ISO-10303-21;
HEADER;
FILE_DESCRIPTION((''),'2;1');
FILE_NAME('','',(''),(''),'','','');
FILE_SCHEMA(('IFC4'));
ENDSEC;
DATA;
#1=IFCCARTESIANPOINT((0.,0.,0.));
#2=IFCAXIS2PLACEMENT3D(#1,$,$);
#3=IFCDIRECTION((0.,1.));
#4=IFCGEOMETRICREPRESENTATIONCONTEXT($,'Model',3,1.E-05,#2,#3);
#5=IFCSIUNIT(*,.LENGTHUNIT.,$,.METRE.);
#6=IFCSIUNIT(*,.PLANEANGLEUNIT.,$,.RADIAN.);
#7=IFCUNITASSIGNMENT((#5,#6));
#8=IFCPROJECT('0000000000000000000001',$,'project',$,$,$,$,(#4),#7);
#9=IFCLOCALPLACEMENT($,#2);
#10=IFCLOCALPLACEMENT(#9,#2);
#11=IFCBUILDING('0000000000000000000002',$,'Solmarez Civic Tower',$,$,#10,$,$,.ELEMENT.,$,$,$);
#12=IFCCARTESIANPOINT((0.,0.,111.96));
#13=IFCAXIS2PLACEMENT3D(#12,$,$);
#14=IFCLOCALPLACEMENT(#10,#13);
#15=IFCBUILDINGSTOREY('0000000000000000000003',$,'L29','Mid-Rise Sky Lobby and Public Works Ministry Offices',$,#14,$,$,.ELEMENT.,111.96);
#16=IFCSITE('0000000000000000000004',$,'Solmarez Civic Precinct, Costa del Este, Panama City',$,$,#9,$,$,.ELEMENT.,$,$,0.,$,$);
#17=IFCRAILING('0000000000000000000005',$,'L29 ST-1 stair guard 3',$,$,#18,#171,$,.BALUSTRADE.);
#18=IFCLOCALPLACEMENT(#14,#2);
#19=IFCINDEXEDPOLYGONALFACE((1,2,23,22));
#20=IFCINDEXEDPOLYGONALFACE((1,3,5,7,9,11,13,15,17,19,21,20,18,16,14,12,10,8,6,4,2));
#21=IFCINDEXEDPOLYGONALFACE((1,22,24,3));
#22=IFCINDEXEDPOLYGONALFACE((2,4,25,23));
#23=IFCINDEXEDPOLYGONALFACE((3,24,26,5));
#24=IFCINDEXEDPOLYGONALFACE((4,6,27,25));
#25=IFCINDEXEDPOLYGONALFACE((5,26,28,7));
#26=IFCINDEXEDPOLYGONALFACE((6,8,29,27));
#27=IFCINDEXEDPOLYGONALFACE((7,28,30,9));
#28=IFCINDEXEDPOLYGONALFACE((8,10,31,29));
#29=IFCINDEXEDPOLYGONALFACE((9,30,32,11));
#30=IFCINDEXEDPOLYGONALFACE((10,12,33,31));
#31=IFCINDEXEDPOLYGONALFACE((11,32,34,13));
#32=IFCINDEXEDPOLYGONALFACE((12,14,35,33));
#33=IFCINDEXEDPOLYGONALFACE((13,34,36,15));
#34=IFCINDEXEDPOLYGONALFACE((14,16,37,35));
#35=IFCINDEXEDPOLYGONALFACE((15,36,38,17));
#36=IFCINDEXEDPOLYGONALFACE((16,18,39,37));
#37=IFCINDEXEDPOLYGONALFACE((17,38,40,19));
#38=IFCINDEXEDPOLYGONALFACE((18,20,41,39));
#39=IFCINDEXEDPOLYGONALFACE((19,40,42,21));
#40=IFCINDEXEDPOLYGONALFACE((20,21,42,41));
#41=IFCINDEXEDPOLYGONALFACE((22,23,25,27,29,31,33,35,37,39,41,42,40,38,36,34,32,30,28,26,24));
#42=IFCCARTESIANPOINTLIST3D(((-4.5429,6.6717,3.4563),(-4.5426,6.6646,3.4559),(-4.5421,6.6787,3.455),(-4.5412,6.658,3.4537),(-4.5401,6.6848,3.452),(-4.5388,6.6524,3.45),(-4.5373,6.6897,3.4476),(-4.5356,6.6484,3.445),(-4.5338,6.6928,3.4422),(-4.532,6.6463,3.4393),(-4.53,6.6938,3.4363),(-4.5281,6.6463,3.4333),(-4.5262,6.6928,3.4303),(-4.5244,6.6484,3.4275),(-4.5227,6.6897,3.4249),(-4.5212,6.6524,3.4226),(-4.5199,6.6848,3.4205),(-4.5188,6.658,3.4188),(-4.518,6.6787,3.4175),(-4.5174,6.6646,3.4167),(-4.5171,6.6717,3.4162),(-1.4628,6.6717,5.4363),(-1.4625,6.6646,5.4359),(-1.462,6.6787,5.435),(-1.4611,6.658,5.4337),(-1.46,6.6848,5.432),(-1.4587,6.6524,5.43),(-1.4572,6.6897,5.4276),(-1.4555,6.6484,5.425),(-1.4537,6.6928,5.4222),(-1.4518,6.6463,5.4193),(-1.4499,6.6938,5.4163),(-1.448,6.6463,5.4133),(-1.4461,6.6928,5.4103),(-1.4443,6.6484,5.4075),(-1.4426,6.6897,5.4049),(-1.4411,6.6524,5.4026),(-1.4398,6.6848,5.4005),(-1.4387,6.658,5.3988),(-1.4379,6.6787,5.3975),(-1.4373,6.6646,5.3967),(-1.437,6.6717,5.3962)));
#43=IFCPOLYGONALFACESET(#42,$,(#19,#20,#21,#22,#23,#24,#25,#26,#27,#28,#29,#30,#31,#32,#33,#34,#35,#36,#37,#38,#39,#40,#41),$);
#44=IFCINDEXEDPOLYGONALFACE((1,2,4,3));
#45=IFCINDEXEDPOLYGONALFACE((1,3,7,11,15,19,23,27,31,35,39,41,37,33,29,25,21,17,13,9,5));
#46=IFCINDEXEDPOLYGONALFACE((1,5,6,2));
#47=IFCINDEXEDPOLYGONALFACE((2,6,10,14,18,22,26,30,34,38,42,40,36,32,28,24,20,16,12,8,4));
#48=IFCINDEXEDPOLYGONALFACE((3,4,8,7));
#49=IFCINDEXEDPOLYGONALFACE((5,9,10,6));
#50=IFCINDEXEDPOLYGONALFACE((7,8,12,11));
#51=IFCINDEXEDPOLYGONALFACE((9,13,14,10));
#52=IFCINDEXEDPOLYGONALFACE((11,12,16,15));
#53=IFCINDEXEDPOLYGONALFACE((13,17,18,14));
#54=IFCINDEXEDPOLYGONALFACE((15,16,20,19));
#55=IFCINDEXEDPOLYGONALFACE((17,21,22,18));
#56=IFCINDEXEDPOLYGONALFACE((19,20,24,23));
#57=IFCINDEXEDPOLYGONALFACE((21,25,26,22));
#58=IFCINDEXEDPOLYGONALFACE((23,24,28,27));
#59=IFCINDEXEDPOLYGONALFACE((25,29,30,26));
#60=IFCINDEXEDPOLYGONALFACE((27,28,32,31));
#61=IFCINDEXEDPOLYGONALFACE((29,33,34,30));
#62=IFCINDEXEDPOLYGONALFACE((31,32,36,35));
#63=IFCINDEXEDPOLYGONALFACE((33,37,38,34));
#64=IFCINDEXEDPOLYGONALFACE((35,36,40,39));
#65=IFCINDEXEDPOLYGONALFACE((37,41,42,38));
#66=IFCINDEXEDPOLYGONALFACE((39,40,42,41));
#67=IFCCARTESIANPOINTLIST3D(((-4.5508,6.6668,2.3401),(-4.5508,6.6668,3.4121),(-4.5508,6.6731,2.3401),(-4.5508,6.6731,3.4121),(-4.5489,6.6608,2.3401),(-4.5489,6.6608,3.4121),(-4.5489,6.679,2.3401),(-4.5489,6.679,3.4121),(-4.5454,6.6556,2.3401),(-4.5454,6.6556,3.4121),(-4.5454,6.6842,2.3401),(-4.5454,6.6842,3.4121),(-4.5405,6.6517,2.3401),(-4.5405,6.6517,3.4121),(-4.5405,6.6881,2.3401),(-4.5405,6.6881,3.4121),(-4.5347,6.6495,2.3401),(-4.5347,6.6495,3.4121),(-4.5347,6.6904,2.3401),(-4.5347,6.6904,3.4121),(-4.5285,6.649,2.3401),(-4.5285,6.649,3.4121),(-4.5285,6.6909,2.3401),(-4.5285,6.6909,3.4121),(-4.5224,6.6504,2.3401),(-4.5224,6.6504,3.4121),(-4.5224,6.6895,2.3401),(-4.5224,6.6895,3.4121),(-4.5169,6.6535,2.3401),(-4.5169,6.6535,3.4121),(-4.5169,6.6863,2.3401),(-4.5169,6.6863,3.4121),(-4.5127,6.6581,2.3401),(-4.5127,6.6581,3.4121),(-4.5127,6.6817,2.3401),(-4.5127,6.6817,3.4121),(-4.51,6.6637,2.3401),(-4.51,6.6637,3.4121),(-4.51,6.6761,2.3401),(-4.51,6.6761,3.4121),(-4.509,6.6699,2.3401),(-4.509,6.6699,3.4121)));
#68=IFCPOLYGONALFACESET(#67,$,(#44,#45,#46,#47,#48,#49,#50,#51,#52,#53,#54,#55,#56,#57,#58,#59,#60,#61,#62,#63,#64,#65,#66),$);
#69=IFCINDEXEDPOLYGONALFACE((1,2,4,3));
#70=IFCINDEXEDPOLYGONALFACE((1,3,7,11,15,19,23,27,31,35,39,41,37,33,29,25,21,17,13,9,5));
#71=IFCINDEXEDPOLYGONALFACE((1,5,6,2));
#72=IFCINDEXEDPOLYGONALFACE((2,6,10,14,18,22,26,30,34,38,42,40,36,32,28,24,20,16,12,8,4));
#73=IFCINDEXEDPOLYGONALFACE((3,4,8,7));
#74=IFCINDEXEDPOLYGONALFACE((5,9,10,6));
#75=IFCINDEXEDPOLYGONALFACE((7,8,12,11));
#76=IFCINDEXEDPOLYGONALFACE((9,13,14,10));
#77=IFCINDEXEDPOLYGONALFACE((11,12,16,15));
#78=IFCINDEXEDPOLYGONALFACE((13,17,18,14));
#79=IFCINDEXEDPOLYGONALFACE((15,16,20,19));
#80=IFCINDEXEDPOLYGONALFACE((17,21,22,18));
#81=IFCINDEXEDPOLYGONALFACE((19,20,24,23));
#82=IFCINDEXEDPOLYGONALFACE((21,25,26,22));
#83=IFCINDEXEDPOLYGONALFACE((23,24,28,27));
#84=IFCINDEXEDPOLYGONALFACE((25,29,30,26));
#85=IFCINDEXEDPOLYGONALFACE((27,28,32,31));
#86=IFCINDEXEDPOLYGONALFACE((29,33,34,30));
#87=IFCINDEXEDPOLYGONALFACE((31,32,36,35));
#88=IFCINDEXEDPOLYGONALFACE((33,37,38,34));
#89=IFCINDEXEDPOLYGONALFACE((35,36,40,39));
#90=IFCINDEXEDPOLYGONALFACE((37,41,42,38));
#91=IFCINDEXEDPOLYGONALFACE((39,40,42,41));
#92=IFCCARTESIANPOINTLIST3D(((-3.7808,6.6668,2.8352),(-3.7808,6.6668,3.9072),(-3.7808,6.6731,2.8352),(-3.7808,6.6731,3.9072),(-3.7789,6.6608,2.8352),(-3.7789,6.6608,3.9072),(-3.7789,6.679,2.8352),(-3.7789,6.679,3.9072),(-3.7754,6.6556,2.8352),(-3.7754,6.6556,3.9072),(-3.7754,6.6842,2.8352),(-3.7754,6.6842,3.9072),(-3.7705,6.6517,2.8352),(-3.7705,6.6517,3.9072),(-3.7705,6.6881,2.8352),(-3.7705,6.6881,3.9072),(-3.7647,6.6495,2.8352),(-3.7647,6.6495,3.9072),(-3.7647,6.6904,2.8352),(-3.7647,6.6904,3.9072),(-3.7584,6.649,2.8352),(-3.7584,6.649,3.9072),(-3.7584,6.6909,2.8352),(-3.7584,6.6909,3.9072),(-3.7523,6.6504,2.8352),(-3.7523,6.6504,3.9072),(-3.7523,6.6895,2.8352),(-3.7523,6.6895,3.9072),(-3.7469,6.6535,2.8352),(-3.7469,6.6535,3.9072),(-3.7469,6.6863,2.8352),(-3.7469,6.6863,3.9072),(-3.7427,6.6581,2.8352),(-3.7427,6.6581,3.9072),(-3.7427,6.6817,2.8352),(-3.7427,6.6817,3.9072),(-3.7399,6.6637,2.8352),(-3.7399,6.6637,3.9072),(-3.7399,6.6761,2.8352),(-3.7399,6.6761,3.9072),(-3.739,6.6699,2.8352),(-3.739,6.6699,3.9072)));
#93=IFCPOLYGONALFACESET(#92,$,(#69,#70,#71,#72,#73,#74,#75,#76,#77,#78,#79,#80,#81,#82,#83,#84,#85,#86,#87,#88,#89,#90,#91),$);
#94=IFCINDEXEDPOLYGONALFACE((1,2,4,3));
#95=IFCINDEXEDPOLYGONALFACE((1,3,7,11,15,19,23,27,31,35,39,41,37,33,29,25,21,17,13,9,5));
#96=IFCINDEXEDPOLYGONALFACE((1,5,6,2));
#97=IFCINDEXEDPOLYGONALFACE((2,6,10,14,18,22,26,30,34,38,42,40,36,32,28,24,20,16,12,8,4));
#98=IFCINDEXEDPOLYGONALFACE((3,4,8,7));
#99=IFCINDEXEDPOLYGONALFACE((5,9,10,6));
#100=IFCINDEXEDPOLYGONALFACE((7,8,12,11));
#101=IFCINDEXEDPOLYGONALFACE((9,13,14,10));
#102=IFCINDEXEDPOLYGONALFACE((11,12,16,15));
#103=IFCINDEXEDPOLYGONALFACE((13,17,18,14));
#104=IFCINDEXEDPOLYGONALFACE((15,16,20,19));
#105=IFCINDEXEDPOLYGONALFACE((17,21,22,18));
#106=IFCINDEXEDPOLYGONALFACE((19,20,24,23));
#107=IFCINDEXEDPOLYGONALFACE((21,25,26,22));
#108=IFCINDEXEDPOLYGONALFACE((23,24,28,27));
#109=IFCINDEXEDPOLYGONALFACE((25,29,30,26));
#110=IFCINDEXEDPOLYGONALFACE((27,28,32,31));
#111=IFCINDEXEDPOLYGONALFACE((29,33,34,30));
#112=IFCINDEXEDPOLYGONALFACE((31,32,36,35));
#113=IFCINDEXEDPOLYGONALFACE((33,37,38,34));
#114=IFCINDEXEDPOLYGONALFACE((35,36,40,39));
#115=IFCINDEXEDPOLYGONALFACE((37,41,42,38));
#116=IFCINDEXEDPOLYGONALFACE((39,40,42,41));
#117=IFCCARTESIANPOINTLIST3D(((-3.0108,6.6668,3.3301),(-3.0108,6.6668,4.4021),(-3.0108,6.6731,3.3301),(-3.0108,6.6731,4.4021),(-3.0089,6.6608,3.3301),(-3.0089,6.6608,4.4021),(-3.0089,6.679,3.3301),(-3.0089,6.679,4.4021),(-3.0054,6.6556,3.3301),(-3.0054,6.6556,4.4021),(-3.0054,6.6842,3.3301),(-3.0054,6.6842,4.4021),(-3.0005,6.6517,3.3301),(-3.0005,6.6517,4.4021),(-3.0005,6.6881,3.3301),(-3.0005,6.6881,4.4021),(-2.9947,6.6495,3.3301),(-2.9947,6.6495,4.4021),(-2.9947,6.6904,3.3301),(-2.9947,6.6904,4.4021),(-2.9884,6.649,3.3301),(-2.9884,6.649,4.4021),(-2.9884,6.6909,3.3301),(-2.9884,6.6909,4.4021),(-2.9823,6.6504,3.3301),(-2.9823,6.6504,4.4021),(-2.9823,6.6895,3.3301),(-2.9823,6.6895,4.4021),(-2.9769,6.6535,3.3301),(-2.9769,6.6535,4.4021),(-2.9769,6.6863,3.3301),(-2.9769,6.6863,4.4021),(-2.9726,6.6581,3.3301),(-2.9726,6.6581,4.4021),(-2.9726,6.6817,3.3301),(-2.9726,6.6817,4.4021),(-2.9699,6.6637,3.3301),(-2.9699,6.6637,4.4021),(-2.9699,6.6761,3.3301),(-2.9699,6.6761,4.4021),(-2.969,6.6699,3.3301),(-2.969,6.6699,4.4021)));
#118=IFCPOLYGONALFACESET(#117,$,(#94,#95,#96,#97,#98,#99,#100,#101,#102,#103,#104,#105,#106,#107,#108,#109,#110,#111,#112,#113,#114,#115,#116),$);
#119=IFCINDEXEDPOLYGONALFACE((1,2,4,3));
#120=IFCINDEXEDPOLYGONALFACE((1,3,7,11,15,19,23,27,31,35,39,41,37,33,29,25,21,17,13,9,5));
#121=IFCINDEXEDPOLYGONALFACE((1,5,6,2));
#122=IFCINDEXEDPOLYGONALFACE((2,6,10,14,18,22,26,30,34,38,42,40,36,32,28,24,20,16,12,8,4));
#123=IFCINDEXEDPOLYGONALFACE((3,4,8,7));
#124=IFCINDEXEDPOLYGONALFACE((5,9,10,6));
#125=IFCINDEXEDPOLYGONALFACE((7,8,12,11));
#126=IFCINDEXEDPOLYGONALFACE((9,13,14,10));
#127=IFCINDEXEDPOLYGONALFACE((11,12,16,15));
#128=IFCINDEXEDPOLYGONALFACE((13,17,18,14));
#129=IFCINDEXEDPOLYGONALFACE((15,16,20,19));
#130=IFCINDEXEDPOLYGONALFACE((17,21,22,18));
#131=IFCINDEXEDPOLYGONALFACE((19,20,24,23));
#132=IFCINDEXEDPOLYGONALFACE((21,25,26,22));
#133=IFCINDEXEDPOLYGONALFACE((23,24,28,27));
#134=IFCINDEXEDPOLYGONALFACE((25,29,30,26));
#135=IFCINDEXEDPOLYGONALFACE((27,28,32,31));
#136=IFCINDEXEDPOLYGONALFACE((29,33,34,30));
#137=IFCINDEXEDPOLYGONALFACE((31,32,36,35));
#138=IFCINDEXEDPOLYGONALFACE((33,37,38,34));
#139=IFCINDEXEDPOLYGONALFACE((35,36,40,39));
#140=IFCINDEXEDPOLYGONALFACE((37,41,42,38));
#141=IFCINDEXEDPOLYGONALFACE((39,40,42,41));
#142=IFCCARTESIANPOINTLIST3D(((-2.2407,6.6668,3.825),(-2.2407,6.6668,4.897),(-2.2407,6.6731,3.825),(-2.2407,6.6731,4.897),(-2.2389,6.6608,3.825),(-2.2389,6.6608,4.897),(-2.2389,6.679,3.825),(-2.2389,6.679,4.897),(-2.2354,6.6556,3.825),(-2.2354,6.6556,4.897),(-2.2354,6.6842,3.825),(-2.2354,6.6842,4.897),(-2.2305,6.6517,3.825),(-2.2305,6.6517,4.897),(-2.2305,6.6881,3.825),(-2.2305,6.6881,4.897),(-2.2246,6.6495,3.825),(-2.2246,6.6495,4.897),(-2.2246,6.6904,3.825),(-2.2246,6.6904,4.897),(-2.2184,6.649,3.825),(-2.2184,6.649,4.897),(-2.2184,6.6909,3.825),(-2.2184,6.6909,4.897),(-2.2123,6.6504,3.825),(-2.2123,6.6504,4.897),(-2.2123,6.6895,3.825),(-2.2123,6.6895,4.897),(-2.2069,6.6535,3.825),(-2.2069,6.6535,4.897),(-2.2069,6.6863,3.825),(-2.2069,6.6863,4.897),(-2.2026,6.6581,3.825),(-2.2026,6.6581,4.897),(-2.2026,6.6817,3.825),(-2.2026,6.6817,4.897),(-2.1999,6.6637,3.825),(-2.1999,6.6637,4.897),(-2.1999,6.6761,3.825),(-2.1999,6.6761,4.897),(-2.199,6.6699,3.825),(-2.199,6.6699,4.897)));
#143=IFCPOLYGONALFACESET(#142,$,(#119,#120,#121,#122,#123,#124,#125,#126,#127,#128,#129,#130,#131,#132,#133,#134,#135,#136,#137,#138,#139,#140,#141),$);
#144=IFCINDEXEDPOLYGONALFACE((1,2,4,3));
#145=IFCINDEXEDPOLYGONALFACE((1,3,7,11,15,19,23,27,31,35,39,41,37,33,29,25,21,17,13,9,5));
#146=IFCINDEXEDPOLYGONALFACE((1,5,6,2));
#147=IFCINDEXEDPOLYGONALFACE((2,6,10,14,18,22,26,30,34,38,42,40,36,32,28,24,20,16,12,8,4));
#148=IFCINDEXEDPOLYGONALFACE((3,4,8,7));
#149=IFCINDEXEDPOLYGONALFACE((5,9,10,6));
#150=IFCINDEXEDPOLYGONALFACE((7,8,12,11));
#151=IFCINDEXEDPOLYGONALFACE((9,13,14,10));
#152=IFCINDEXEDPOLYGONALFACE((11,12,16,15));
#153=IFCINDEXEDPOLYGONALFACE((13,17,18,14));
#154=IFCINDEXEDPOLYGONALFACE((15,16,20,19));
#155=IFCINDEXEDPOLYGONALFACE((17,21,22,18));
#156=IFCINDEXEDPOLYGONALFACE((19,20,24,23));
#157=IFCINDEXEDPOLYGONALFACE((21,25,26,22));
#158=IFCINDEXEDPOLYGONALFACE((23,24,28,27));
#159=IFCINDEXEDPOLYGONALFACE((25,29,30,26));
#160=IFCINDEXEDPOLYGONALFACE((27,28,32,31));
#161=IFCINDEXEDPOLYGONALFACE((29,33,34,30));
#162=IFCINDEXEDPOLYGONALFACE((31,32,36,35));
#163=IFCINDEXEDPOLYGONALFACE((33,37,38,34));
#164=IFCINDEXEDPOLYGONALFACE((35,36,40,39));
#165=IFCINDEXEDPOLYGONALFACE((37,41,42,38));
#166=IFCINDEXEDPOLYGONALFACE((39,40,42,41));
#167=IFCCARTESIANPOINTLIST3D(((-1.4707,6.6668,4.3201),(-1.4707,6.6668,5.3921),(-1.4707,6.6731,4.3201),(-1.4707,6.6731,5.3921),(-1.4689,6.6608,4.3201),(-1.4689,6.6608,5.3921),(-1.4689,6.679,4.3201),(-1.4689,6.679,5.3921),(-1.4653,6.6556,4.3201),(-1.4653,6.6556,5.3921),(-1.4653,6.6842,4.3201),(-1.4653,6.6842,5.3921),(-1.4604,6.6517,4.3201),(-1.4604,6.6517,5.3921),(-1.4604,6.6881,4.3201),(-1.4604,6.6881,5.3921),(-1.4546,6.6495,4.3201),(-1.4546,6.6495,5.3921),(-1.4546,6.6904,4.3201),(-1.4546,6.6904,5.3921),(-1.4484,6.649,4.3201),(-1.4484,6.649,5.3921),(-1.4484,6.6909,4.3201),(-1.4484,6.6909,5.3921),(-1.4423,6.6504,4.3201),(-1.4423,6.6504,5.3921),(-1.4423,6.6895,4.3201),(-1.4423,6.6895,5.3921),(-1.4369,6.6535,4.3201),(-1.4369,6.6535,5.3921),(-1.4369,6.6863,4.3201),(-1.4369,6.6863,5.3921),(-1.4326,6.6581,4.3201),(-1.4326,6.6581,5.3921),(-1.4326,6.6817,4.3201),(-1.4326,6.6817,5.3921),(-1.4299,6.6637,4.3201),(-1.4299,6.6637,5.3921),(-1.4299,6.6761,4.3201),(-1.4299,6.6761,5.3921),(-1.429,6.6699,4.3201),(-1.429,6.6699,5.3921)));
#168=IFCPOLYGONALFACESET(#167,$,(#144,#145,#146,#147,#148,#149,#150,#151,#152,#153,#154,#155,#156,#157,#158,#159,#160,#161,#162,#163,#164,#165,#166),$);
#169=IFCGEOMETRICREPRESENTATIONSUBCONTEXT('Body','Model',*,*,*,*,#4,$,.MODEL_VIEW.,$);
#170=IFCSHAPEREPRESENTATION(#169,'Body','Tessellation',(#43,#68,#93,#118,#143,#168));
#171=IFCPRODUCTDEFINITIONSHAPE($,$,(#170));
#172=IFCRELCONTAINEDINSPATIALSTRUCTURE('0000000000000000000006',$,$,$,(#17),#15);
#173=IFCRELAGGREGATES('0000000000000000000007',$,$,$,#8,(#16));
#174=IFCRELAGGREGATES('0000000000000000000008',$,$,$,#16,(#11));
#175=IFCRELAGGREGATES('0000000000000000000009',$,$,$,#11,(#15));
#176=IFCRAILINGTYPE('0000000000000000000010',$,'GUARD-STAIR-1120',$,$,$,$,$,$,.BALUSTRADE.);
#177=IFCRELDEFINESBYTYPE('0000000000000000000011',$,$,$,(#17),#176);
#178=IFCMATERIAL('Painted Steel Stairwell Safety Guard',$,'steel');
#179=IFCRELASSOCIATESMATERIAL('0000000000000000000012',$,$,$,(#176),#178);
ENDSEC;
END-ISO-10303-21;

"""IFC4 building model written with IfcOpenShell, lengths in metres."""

from ifc_helpers import new_model, si_unit, direction, frame, origin, origin_2d, place, context, subcontext, project, spatial, circle, extrude, material, type_object, element, save


model = new_model("IFC4")

# Units and contexts
model_context = context("Model", 3, precision=1e-05, world=origin(), true_north=direction((0.0, 1.0)))
body_context = subcontext(model_context, "Body", "Model", "MODEL_VIEW")
ifc_project = project(units=[si_unit("LENGTHUNIT", "METRE"), si_unit("PLANEANGLEUNIT", "RADIAN")], contexts=[model_context])

# Site, building, storey
site_placement = place(None, origin())
site = spatial("IfcSite", under=ifc_project, at=site_placement, Name="Solmarez Civic Precinct, Costa del Este, Panama City", CompositionType="ELEMENT", RefElevation=0.0)
building_placement = place(site_placement, origin())
building = spatial("IfcBuilding", under=site, at=building_placement, Name="Solmarez Civic Tower", CompositionType="ELEMENT")
storey_placement = place(building_placement, frame((0.0, 0.0, 111.96)))
storey = spatial("IfcBuildingStorey", under=building, at=storey_placement, Name="L29", Description="Mid-Rise Sky Lobby and Public Works Ministry Offices", CompositionType="ELEMENT", Elevation=111.96)

# Railing
ifc_material_1 = material(Name="Painted Steel Stairwell Safety Guard", Category="steel")
railing_type_1 = type_object("IfcRailingType", Name="GUARD-STAIR-1120", PredefinedType="BALUSTRADE", material=ifc_material_1)
railing_1_placement = place(storey_placement, frame((-4.53, 6.6699, 2.3401)))
element("IfcRailing", 1, at=railing_1_placement, inside=storey, type_object=railing_type_1, Name="L29 ST-1 stair guard 3", PredefinedType="BALUSTRADE", context=body_context, shape_type="SweptSolid", body=[
    extrude(circle(Radius=0.0239, at=origin_2d()), frame((0.0, 0.0, 1.0962), z_axis=(0.841187, 0.0, 0.540744), x_axis=(0.0, 1.0, 0.0)), (0.0, 0.0, 1.0), 3.6616),
    extrude(circle(Radius=0.021, at=origin_2d()), origin(), (0.0, 0.0, 1.0), 1.072),
    extrude(circle(Radius=0.021, at=origin_2d()), frame((0.77, 0.0, 0.4951)), (0.0, 0.0, 1.0), 1.072),
    extrude(circle(Radius=0.021, at=origin_2d()), frame((1.54, 0.0, 0.99)), (0.0, 0.0, 1.0), 1.072),
    extrude(circle(Radius=0.021, at=origin_2d()), frame((2.3101, 0.0, 1.4849)), (0.0, 0.0, 1.0), 1.072),
    extrude(circle(Radius=0.021, at=origin_2d()), frame((3.0801, 0.0, 1.98)), (0.0, 0.0, 1.0), 1.072),
])

save(model, "model.ifc")
